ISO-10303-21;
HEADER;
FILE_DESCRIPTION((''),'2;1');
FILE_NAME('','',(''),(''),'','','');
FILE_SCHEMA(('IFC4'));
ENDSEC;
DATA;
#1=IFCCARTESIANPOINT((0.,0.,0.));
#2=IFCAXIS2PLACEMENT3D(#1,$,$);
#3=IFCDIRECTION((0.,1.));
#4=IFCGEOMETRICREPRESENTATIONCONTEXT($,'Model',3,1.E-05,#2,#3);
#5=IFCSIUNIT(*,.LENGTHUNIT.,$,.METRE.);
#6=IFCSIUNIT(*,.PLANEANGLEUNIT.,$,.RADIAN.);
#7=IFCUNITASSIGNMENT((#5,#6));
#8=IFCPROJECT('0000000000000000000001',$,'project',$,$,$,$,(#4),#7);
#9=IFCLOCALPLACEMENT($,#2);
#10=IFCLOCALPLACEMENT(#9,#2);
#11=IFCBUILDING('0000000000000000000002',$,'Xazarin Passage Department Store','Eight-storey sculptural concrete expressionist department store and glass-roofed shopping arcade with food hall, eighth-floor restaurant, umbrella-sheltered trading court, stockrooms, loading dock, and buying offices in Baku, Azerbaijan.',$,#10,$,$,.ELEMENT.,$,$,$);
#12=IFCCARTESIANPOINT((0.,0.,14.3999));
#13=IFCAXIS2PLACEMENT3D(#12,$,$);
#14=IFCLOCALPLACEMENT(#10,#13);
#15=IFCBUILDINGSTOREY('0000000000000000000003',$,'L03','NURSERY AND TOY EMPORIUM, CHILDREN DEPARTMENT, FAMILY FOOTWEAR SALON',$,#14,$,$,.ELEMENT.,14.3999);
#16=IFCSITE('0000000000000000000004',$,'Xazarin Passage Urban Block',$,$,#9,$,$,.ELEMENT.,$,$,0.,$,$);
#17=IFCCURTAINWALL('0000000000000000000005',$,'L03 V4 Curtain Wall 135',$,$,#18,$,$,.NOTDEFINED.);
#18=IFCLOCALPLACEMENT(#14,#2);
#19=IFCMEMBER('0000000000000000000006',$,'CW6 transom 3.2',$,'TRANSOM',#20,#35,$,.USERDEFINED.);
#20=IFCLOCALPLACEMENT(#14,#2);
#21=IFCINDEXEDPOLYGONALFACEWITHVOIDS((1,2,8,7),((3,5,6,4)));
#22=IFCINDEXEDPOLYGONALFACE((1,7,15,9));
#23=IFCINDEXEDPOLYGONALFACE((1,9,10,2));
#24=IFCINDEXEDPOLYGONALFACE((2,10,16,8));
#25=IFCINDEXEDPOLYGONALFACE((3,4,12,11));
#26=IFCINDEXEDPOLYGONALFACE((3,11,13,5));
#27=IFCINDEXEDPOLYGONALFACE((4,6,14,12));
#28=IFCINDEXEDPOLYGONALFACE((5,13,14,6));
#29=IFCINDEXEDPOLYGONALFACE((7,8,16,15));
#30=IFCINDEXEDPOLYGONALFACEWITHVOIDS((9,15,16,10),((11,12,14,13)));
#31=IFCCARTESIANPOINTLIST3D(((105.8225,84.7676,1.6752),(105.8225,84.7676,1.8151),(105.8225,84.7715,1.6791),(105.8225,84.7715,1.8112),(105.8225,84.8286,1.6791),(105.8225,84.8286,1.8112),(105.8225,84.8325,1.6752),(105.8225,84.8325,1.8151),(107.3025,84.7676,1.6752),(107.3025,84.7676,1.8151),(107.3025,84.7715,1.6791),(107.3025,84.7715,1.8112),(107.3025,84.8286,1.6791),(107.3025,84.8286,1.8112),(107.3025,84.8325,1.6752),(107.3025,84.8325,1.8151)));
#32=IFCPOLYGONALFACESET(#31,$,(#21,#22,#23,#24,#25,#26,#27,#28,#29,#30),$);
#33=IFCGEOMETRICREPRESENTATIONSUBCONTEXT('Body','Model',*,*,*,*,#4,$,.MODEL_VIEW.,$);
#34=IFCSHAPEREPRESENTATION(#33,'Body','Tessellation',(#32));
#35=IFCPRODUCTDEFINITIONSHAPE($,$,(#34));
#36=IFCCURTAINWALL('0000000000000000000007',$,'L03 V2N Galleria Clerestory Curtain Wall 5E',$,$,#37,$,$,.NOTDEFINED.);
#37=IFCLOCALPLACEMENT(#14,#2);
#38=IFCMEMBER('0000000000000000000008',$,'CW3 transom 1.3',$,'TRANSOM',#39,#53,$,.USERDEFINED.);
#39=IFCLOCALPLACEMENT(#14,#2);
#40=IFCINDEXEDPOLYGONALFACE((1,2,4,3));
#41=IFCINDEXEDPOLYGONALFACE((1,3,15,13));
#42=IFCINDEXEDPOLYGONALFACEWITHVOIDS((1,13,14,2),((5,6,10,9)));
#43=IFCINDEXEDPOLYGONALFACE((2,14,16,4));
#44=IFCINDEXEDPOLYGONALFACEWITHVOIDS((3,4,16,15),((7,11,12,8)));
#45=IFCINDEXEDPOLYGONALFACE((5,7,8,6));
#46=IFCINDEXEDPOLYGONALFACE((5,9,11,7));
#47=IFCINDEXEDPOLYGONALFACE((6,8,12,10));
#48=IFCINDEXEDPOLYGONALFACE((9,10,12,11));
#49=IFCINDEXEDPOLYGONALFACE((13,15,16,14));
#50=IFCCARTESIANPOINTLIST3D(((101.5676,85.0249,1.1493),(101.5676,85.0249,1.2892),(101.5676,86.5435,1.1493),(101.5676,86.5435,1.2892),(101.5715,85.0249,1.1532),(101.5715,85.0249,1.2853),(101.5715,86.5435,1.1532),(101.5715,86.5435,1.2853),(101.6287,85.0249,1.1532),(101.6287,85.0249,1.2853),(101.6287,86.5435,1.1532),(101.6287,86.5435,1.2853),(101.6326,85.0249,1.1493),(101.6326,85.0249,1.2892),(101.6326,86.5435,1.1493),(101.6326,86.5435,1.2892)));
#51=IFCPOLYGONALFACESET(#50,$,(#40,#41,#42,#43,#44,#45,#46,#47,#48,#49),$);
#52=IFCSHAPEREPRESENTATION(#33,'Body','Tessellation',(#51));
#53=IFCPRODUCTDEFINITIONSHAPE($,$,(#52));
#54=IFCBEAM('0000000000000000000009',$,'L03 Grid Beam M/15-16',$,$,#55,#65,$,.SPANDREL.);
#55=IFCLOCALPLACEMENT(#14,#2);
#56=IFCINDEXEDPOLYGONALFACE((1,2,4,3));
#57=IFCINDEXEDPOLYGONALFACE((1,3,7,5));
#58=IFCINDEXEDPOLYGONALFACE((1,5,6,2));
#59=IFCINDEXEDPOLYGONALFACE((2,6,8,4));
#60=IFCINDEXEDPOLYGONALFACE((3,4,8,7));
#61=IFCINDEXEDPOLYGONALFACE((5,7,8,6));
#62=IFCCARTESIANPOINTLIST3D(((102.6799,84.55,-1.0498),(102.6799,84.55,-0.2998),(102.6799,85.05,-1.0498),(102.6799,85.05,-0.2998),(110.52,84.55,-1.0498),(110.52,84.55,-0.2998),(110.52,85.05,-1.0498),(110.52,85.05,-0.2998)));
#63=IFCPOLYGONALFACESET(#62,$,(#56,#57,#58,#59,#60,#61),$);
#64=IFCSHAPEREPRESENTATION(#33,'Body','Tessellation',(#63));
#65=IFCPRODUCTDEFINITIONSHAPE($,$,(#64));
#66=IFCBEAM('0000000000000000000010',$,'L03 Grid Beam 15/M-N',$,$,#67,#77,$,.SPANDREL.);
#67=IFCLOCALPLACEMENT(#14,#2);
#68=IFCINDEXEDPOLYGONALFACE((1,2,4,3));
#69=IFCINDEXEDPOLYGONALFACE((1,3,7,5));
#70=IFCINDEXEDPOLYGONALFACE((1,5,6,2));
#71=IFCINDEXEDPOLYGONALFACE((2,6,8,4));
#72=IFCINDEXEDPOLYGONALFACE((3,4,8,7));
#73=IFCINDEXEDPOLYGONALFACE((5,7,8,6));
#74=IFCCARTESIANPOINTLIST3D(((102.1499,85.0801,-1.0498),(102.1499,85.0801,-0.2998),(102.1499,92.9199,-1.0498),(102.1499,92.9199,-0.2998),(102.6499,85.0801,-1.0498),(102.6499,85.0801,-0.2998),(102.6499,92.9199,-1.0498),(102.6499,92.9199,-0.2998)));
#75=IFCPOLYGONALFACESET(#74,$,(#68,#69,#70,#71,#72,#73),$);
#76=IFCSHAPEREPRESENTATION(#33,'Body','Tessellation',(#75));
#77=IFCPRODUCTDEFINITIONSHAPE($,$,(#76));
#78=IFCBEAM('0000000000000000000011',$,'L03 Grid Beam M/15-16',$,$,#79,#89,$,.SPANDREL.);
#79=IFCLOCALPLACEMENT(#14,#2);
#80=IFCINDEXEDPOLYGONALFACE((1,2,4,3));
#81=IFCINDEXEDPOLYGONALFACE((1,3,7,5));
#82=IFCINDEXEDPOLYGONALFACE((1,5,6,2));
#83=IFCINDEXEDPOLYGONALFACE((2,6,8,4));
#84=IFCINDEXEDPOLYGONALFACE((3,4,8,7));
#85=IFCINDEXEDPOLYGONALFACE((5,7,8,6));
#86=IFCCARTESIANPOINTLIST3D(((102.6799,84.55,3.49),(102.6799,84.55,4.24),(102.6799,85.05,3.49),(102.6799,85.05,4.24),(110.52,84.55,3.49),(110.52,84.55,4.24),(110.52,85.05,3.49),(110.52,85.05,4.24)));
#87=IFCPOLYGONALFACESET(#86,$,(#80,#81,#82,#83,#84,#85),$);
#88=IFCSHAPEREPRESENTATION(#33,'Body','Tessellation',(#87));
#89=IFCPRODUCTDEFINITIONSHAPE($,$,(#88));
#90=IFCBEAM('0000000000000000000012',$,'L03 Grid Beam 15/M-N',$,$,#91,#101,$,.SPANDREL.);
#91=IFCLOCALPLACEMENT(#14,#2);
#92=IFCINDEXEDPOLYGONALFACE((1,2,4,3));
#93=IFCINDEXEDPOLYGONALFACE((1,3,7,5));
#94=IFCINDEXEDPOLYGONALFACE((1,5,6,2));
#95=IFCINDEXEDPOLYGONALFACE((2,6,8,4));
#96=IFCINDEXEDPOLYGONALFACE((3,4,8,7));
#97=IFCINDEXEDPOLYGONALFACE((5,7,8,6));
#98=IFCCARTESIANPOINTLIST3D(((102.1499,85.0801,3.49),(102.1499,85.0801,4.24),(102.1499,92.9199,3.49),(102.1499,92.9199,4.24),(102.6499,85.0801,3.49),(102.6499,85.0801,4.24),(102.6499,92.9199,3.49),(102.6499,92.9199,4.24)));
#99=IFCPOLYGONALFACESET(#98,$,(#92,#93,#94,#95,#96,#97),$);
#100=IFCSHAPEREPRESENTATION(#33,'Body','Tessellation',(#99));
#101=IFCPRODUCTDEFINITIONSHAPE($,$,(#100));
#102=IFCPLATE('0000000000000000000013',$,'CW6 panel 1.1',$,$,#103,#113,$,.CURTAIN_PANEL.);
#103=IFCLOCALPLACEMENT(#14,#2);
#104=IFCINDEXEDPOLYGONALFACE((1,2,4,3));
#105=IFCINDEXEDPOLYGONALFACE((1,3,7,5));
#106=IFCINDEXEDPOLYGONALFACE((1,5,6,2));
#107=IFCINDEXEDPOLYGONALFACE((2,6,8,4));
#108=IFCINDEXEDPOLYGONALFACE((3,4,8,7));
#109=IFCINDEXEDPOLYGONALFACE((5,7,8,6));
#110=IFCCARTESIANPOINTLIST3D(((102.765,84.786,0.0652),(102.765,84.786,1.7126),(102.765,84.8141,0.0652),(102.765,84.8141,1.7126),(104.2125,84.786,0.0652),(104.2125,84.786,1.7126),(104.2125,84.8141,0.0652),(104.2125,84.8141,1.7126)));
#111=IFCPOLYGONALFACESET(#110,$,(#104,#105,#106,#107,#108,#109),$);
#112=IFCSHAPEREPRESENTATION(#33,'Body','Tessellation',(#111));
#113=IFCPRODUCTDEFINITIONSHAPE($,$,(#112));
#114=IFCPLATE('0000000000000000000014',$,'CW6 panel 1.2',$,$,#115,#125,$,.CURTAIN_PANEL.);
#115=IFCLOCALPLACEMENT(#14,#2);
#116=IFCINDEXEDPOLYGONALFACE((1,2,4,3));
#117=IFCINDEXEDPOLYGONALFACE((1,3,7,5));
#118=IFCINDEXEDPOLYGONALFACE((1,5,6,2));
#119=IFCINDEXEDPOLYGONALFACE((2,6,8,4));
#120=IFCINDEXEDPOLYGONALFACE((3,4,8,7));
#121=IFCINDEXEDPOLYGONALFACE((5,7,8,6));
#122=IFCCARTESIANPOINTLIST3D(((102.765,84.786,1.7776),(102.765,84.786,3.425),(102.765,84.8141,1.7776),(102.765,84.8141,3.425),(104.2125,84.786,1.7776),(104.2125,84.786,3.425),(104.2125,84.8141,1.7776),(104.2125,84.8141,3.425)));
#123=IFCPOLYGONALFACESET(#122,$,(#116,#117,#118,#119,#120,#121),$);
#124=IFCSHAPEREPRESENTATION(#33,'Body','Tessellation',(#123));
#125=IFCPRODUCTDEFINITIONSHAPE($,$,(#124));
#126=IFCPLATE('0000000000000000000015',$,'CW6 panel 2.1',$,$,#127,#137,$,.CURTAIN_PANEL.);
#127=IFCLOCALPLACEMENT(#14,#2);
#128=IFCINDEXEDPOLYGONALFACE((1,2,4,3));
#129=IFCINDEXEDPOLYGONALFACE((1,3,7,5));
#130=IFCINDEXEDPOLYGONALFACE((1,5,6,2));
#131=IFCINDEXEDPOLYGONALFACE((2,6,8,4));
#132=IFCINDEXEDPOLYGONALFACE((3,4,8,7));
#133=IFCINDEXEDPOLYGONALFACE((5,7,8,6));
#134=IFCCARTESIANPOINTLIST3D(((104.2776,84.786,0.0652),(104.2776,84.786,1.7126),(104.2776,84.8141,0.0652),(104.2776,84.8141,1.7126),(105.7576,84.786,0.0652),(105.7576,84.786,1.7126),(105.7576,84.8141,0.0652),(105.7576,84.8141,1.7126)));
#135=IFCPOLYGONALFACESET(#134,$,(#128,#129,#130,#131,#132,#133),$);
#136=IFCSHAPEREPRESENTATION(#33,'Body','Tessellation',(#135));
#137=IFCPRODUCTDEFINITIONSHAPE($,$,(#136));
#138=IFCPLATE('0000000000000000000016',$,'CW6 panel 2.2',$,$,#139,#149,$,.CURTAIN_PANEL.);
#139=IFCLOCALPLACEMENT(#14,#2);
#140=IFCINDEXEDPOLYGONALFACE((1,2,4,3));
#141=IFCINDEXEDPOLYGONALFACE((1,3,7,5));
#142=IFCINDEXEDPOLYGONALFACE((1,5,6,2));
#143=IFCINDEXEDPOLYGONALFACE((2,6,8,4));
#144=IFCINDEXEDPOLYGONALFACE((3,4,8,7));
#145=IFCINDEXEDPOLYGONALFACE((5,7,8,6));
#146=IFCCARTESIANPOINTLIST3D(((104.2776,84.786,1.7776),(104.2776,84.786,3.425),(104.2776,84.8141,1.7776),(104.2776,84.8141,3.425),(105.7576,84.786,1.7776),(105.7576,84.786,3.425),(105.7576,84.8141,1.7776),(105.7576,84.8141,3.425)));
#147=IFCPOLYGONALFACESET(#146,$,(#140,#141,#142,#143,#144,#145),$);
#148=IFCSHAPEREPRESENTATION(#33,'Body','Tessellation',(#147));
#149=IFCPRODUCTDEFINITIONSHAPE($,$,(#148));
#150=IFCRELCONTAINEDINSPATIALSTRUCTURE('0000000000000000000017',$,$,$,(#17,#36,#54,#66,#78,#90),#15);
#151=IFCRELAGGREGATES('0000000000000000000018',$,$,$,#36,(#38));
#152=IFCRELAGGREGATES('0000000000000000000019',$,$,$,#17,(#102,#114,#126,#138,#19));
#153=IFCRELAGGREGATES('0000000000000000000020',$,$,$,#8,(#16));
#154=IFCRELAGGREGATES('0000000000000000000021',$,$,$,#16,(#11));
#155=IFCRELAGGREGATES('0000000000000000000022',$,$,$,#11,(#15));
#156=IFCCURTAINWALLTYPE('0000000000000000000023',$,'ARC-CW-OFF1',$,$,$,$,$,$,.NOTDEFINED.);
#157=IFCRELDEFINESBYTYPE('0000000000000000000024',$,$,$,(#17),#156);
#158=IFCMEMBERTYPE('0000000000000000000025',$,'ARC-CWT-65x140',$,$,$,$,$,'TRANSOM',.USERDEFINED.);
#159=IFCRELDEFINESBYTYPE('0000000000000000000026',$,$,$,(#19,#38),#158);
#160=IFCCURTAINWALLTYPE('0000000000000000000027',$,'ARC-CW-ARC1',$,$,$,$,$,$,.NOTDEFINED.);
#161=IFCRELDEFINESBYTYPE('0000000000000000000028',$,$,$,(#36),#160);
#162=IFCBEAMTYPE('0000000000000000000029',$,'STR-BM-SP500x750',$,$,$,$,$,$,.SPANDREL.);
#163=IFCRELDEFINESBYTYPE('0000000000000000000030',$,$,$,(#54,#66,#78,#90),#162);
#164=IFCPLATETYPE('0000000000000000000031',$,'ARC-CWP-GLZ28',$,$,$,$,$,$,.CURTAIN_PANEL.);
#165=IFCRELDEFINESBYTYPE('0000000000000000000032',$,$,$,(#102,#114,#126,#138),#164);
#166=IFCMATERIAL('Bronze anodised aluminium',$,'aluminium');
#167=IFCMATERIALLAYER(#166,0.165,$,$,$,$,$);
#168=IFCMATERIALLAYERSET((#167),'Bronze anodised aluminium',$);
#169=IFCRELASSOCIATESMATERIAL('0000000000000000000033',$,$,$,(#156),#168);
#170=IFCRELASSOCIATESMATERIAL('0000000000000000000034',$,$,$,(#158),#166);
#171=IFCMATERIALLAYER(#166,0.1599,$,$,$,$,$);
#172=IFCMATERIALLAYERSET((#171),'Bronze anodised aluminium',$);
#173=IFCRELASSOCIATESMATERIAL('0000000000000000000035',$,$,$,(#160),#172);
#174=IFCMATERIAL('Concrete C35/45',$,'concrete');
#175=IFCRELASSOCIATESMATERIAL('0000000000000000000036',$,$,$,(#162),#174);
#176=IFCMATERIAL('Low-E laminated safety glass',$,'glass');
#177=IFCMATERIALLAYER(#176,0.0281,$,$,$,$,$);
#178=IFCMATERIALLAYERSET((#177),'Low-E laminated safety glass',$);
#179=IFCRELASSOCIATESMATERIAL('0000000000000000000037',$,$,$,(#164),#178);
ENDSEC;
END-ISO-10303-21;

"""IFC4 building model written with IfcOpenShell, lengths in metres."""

from ifc_helpers import new_model, si_unit, direction, frame, origin, origin_2d, place, context, subcontext, project, spatial, rectangle, hollow_rectangle, extrude, material, layer, layer_set, material_profile, profile_set, type_object, element, aggregate, save


model = new_model("IFC4")

# Units and contexts
model_context = context("Model", 3, precision=1e-05, world=origin(), true_north=direction((0.0, 1.0)))
body_context = subcontext(model_context, "Body", "Model", "MODEL_VIEW")
ifc_project = project(units=[si_unit("LENGTHUNIT", "METRE"), si_unit("PLANEANGLEUNIT", "RADIAN")], contexts=[model_context])

# Site, building, storey
site_placement = place(None, origin())
site = spatial("IfcSite", under=ifc_project, at=site_placement, Name="Xazarin Passage Urban Block", CompositionType="ELEMENT", RefElevation=0.0)
building_placement = place(site_placement, origin())
building = spatial("IfcBuilding", under=site, at=building_placement, Name="Xazarin Passage Department Store", Description="Eight-storey sculptural concrete expressionist department store and glass-roofed shopping arcade with food hall, eighth-floor restaurant, umbrella-sheltered trading court, stockrooms, loading dock, and buying offices in Baku, Azerbaijan.", CompositionType="ELEMENT")
storey_placement = place(building_placement, frame((0.0, 0.0, 14.3999)))
storey = spatial("IfcBuildingStorey", under=building, at=storey_placement, Name="L03", Description="NURSERY AND TOY EMPORIUM, CHILDREN DEPARTMENT, FAMILY FOOTWEAR SALON", CompositionType="ELEMENT", Elevation=14.3999)

# Curtain wall, member
ifc_material_1 = material(Name="Bronze anodised aluminium", Category="aluminium")
ifc_layer_1 = layer(ifc_material_1, 0.165)
ifc_layer_set_1 = layer_set([ifc_layer_1], Name="Bronze anodised aluminium")
curtain_wall_type_1 = type_object("IfcCurtainWallType", Name="ARC-CW-OFF1", PredefinedType="NOTDEFINED", material=ifc_layer_set_1)
curtain_wall_1_placement = place(storey_placement, origin())
curtain_wall_1 = element("IfcCurtainWall", 1, at=curtain_wall_1_placement, inside=storey, type_object=curtain_wall_type_1, Name="L03 V4 Curtain Wall 135", PredefinedType="NOTDEFINED")
ifc_material_profile_1 = material_profile(ifc_material_1, hollow_rectangle(XDim=0.0649, YDim=0.1399, WallThickness=0.0039, at=origin_2d()), Name="ALU 65x140")
ifc_profile_set_1 = profile_set([ifc_material_profile_1], Name="Bronze anodised aluminium")
member_type_1 = type_object("IfcMemberType", Name="ARC-CWT-65x140", ElementType="TRANSOM", PredefinedType="USERDEFINED", material=ifc_profile_set_1)
member_1_placement = place(storey_placement, frame((105.8225, 84.8, 1.7451), z_axis=(1.0, 0.0, 0.0), x_axis=(0.0, 1.0, 0.0)))
member_1 = element("IfcMember", 2, at=member_1_placement, type_object=member_type_1, Name="CW6 transom 3.2", ObjectType="TRANSOM", PredefinedType="USERDEFINED", context=body_context, shape_type="SweptSolid", body=[
    extrude(hollow_rectangle(XDim=0.0649, YDim=0.1399, WallThickness=0.0039, at=origin_2d()), origin(), (0.0, 0.0, 1.0), 1.48),
])

# Curtain wall, member
ifc_layer_2 = layer(ifc_material_1, 0.1599)
ifc_layer_set_2 = layer_set([ifc_layer_2], Name="Bronze anodised aluminium")
curtain_wall_type_2 = type_object("IfcCurtainWallType", Name="ARC-CW-ARC1", PredefinedType="NOTDEFINED", material=ifc_layer_set_2)
curtain_wall_2_placement = place(storey_placement, origin())
curtain_wall_2 = element("IfcCurtainWall", 3, at=curtain_wall_2_placement, inside=storey, type_object=curtain_wall_type_2, Name="L03 V2N Galleria Clerestory Curtain Wall 5E", PredefinedType="NOTDEFINED")
member_2_placement = place(storey_placement, frame((101.6001, 85.0249, 1.2192), z_axis=(0.0, 1.0, 0.0), x_axis=(-1.0, 0.0, 0.0)))
member_2 = element("IfcMember", 4, at=member_2_placement, type_object=member_type_1, Name="CW3 transom 1.3", ObjectType="TRANSOM", PredefinedType="USERDEFINED", context=body_context, shape_type="SweptSolid", body=[
    extrude(hollow_rectangle(XDim=0.0649, YDim=0.1399, WallThickness=0.0039, at=origin_2d()), origin(), (0.0, 0.0, 1.0), 1.5186),
])
aggregate(curtain_wall_2, [member_2])

# Beams
ifc_material_2 = material(Name="Concrete C35/45", Category="concrete")
ifc_material_profile_2 = material_profile(ifc_material_2, rectangle(XDim=0.5, YDim=0.75, at=origin_2d()), Name="RC 500x750")
ifc_profile_set_2 = profile_set([ifc_material_profile_2], Name="Concrete C35/45")
beam_type = type_object("IfcBeamType", Name="STR-BM-SP500x750", PredefinedType="SPANDREL", material=ifc_profile_set_2)
beam_1_placement = place(storey_placement, frame((102.6799, 84.8, -0.6748), z_axis=(1.0, 0.0, 0.0), x_axis=(0.0, 1.0, 0.0)))
element("IfcBeam", 5, at=beam_1_placement, inside=storey, type_object=beam_type, Name="L03 Grid Beam M/15-16", PredefinedType="SPANDREL", context=body_context, shape_type="SweptSolid", body=[
    extrude(rectangle(XDim=0.5, YDim=0.75, at=origin_2d()), origin(), (0.0, 0.0, 1.0), 7.8401),
])
beam_2_placement = place(storey_placement, frame((102.3999, 85.0801, -0.6748), z_axis=(0.0, 1.0, 0.0), x_axis=(-1.0, 0.0, 0.0)))
element("IfcBeam", 6, at=beam_2_placement, inside=storey, type_object=beam_type, Name="L03 Grid Beam 15/M-N", PredefinedType="SPANDREL", context=body_context, shape_type="SweptSolid", body=[
    extrude(rectangle(XDim=0.5, YDim=0.75, at=origin_2d()), origin(), (0.0, 0.0, 1.0), 7.8398),
])
beam_3_placement = place(storey_placement, frame((102.6799, 84.8, 3.865), z_axis=(1.0, 0.0, 0.0), x_axis=(0.0, 1.0, 0.0)))
element("IfcBeam", 7, at=beam_3_placement, inside=storey, type_object=beam_type, Name="L03 Grid Beam M/15-16", PredefinedType="SPANDREL", context=body_context, shape_type="SweptSolid", body=[
    extrude(rectangle(XDim=0.5, YDim=0.75, at=origin_2d()), origin(), (0.0, 0.0, 1.0), 7.8401),
])
beam_4_placement = place(storey_placement, frame((102.3999, 85.0801, 3.865), z_axis=(0.0, 1.0, 0.0), x_axis=(-1.0, 0.0, 0.0)))
element("IfcBeam", 8, at=beam_4_placement, inside=storey, type_object=beam_type, Name="L03 Grid Beam 15/M-N", PredefinedType="SPANDREL", context=body_context, shape_type="SweptSolid", body=[
    extrude(rectangle(XDim=0.5, YDim=0.75, at=origin_2d()), origin(), (0.0, 0.0, 1.0), 7.8398),
])

# Plates
ifc_material_3 = material(Name="Low-E laminated safety glass", Category="glass")
ifc_layer_3 = layer(ifc_material_3, 0.0281)
ifc_layer_set_3 = layer_set([ifc_layer_3], Name="Low-E laminated safety glass")
plate_type = type_object("IfcPlateType", Name="ARC-CWP-GLZ28", PredefinedType="CURTAIN_PANEL", material=ifc_layer_set_3)
plate_1_placement = place(storey_placement, frame((103.4888, 84.8, 0.0652), z_axis=(0.0, 0.0, 1.0), x_axis=(1.0, 0.0, 0.0)))
plate_1 = element("IfcPlate", 9, at=plate_1_placement, type_object=plate_type, Name="CW6 panel 1.1", PredefinedType="CURTAIN_PANEL", context=body_context, shape_type="SweptSolid", body=[
    extrude(rectangle(XDim=1.4475, YDim=0.0281, at=origin_2d()), origin(), (0.0, 0.0, 1.0), 1.6475),
])
plate_2_placement = place(storey_placement, frame((103.4888, 84.8, 1.7776), z_axis=(0.0, 0.0, 1.0), x_axis=(1.0, 0.0, 0.0)))
plate_2 = element("IfcPlate", 10, at=plate_2_placement, type_object=plate_type, Name="CW6 panel 1.2", PredefinedType="CURTAIN_PANEL", context=body_context, shape_type="SweptSolid", body=[
    extrude(rectangle(XDim=1.4475, YDim=0.0281, at=origin_2d()), origin(), (0.0, 0.0, 1.0), 1.6475),
])
plate_3_placement = place(storey_placement, frame((105.0176, 84.8, 0.0652), z_axis=(0.0, 0.0, 1.0), x_axis=(1.0, 0.0, 0.0)))
plate_3 = element("IfcPlate", 11, at=plate_3_placement, type_object=plate_type, Name="CW6 panel 2.1", PredefinedType="CURTAIN_PANEL", context=body_context, shape_type="SweptSolid", body=[
    extrude(rectangle(XDim=1.48, YDim=0.0281, at=origin_2d()), origin(), (0.0, 0.0, 1.0), 1.6475),
])
plate_4_placement = place(storey_placement, frame((105.0176, 84.8, 1.7776), z_axis=(0.0, 0.0, 1.0), x_axis=(1.0, 0.0, 0.0)))
plate_4 = element("IfcPlate", 12, at=plate_4_placement, type_object=plate_type, Name="CW6 panel 2.2", PredefinedType="CURTAIN_PANEL", context=body_context, shape_type="SweptSolid", body=[
    extrude(rectangle(XDim=1.48, YDim=0.0281, at=origin_2d()), origin(), (0.0, 0.0, 1.0), 1.6475),
])
aggregate(curtain_wall_1, [plate_1, plate_2, plate_3, plate_4, member_1])

save(model, "model.ifc")
